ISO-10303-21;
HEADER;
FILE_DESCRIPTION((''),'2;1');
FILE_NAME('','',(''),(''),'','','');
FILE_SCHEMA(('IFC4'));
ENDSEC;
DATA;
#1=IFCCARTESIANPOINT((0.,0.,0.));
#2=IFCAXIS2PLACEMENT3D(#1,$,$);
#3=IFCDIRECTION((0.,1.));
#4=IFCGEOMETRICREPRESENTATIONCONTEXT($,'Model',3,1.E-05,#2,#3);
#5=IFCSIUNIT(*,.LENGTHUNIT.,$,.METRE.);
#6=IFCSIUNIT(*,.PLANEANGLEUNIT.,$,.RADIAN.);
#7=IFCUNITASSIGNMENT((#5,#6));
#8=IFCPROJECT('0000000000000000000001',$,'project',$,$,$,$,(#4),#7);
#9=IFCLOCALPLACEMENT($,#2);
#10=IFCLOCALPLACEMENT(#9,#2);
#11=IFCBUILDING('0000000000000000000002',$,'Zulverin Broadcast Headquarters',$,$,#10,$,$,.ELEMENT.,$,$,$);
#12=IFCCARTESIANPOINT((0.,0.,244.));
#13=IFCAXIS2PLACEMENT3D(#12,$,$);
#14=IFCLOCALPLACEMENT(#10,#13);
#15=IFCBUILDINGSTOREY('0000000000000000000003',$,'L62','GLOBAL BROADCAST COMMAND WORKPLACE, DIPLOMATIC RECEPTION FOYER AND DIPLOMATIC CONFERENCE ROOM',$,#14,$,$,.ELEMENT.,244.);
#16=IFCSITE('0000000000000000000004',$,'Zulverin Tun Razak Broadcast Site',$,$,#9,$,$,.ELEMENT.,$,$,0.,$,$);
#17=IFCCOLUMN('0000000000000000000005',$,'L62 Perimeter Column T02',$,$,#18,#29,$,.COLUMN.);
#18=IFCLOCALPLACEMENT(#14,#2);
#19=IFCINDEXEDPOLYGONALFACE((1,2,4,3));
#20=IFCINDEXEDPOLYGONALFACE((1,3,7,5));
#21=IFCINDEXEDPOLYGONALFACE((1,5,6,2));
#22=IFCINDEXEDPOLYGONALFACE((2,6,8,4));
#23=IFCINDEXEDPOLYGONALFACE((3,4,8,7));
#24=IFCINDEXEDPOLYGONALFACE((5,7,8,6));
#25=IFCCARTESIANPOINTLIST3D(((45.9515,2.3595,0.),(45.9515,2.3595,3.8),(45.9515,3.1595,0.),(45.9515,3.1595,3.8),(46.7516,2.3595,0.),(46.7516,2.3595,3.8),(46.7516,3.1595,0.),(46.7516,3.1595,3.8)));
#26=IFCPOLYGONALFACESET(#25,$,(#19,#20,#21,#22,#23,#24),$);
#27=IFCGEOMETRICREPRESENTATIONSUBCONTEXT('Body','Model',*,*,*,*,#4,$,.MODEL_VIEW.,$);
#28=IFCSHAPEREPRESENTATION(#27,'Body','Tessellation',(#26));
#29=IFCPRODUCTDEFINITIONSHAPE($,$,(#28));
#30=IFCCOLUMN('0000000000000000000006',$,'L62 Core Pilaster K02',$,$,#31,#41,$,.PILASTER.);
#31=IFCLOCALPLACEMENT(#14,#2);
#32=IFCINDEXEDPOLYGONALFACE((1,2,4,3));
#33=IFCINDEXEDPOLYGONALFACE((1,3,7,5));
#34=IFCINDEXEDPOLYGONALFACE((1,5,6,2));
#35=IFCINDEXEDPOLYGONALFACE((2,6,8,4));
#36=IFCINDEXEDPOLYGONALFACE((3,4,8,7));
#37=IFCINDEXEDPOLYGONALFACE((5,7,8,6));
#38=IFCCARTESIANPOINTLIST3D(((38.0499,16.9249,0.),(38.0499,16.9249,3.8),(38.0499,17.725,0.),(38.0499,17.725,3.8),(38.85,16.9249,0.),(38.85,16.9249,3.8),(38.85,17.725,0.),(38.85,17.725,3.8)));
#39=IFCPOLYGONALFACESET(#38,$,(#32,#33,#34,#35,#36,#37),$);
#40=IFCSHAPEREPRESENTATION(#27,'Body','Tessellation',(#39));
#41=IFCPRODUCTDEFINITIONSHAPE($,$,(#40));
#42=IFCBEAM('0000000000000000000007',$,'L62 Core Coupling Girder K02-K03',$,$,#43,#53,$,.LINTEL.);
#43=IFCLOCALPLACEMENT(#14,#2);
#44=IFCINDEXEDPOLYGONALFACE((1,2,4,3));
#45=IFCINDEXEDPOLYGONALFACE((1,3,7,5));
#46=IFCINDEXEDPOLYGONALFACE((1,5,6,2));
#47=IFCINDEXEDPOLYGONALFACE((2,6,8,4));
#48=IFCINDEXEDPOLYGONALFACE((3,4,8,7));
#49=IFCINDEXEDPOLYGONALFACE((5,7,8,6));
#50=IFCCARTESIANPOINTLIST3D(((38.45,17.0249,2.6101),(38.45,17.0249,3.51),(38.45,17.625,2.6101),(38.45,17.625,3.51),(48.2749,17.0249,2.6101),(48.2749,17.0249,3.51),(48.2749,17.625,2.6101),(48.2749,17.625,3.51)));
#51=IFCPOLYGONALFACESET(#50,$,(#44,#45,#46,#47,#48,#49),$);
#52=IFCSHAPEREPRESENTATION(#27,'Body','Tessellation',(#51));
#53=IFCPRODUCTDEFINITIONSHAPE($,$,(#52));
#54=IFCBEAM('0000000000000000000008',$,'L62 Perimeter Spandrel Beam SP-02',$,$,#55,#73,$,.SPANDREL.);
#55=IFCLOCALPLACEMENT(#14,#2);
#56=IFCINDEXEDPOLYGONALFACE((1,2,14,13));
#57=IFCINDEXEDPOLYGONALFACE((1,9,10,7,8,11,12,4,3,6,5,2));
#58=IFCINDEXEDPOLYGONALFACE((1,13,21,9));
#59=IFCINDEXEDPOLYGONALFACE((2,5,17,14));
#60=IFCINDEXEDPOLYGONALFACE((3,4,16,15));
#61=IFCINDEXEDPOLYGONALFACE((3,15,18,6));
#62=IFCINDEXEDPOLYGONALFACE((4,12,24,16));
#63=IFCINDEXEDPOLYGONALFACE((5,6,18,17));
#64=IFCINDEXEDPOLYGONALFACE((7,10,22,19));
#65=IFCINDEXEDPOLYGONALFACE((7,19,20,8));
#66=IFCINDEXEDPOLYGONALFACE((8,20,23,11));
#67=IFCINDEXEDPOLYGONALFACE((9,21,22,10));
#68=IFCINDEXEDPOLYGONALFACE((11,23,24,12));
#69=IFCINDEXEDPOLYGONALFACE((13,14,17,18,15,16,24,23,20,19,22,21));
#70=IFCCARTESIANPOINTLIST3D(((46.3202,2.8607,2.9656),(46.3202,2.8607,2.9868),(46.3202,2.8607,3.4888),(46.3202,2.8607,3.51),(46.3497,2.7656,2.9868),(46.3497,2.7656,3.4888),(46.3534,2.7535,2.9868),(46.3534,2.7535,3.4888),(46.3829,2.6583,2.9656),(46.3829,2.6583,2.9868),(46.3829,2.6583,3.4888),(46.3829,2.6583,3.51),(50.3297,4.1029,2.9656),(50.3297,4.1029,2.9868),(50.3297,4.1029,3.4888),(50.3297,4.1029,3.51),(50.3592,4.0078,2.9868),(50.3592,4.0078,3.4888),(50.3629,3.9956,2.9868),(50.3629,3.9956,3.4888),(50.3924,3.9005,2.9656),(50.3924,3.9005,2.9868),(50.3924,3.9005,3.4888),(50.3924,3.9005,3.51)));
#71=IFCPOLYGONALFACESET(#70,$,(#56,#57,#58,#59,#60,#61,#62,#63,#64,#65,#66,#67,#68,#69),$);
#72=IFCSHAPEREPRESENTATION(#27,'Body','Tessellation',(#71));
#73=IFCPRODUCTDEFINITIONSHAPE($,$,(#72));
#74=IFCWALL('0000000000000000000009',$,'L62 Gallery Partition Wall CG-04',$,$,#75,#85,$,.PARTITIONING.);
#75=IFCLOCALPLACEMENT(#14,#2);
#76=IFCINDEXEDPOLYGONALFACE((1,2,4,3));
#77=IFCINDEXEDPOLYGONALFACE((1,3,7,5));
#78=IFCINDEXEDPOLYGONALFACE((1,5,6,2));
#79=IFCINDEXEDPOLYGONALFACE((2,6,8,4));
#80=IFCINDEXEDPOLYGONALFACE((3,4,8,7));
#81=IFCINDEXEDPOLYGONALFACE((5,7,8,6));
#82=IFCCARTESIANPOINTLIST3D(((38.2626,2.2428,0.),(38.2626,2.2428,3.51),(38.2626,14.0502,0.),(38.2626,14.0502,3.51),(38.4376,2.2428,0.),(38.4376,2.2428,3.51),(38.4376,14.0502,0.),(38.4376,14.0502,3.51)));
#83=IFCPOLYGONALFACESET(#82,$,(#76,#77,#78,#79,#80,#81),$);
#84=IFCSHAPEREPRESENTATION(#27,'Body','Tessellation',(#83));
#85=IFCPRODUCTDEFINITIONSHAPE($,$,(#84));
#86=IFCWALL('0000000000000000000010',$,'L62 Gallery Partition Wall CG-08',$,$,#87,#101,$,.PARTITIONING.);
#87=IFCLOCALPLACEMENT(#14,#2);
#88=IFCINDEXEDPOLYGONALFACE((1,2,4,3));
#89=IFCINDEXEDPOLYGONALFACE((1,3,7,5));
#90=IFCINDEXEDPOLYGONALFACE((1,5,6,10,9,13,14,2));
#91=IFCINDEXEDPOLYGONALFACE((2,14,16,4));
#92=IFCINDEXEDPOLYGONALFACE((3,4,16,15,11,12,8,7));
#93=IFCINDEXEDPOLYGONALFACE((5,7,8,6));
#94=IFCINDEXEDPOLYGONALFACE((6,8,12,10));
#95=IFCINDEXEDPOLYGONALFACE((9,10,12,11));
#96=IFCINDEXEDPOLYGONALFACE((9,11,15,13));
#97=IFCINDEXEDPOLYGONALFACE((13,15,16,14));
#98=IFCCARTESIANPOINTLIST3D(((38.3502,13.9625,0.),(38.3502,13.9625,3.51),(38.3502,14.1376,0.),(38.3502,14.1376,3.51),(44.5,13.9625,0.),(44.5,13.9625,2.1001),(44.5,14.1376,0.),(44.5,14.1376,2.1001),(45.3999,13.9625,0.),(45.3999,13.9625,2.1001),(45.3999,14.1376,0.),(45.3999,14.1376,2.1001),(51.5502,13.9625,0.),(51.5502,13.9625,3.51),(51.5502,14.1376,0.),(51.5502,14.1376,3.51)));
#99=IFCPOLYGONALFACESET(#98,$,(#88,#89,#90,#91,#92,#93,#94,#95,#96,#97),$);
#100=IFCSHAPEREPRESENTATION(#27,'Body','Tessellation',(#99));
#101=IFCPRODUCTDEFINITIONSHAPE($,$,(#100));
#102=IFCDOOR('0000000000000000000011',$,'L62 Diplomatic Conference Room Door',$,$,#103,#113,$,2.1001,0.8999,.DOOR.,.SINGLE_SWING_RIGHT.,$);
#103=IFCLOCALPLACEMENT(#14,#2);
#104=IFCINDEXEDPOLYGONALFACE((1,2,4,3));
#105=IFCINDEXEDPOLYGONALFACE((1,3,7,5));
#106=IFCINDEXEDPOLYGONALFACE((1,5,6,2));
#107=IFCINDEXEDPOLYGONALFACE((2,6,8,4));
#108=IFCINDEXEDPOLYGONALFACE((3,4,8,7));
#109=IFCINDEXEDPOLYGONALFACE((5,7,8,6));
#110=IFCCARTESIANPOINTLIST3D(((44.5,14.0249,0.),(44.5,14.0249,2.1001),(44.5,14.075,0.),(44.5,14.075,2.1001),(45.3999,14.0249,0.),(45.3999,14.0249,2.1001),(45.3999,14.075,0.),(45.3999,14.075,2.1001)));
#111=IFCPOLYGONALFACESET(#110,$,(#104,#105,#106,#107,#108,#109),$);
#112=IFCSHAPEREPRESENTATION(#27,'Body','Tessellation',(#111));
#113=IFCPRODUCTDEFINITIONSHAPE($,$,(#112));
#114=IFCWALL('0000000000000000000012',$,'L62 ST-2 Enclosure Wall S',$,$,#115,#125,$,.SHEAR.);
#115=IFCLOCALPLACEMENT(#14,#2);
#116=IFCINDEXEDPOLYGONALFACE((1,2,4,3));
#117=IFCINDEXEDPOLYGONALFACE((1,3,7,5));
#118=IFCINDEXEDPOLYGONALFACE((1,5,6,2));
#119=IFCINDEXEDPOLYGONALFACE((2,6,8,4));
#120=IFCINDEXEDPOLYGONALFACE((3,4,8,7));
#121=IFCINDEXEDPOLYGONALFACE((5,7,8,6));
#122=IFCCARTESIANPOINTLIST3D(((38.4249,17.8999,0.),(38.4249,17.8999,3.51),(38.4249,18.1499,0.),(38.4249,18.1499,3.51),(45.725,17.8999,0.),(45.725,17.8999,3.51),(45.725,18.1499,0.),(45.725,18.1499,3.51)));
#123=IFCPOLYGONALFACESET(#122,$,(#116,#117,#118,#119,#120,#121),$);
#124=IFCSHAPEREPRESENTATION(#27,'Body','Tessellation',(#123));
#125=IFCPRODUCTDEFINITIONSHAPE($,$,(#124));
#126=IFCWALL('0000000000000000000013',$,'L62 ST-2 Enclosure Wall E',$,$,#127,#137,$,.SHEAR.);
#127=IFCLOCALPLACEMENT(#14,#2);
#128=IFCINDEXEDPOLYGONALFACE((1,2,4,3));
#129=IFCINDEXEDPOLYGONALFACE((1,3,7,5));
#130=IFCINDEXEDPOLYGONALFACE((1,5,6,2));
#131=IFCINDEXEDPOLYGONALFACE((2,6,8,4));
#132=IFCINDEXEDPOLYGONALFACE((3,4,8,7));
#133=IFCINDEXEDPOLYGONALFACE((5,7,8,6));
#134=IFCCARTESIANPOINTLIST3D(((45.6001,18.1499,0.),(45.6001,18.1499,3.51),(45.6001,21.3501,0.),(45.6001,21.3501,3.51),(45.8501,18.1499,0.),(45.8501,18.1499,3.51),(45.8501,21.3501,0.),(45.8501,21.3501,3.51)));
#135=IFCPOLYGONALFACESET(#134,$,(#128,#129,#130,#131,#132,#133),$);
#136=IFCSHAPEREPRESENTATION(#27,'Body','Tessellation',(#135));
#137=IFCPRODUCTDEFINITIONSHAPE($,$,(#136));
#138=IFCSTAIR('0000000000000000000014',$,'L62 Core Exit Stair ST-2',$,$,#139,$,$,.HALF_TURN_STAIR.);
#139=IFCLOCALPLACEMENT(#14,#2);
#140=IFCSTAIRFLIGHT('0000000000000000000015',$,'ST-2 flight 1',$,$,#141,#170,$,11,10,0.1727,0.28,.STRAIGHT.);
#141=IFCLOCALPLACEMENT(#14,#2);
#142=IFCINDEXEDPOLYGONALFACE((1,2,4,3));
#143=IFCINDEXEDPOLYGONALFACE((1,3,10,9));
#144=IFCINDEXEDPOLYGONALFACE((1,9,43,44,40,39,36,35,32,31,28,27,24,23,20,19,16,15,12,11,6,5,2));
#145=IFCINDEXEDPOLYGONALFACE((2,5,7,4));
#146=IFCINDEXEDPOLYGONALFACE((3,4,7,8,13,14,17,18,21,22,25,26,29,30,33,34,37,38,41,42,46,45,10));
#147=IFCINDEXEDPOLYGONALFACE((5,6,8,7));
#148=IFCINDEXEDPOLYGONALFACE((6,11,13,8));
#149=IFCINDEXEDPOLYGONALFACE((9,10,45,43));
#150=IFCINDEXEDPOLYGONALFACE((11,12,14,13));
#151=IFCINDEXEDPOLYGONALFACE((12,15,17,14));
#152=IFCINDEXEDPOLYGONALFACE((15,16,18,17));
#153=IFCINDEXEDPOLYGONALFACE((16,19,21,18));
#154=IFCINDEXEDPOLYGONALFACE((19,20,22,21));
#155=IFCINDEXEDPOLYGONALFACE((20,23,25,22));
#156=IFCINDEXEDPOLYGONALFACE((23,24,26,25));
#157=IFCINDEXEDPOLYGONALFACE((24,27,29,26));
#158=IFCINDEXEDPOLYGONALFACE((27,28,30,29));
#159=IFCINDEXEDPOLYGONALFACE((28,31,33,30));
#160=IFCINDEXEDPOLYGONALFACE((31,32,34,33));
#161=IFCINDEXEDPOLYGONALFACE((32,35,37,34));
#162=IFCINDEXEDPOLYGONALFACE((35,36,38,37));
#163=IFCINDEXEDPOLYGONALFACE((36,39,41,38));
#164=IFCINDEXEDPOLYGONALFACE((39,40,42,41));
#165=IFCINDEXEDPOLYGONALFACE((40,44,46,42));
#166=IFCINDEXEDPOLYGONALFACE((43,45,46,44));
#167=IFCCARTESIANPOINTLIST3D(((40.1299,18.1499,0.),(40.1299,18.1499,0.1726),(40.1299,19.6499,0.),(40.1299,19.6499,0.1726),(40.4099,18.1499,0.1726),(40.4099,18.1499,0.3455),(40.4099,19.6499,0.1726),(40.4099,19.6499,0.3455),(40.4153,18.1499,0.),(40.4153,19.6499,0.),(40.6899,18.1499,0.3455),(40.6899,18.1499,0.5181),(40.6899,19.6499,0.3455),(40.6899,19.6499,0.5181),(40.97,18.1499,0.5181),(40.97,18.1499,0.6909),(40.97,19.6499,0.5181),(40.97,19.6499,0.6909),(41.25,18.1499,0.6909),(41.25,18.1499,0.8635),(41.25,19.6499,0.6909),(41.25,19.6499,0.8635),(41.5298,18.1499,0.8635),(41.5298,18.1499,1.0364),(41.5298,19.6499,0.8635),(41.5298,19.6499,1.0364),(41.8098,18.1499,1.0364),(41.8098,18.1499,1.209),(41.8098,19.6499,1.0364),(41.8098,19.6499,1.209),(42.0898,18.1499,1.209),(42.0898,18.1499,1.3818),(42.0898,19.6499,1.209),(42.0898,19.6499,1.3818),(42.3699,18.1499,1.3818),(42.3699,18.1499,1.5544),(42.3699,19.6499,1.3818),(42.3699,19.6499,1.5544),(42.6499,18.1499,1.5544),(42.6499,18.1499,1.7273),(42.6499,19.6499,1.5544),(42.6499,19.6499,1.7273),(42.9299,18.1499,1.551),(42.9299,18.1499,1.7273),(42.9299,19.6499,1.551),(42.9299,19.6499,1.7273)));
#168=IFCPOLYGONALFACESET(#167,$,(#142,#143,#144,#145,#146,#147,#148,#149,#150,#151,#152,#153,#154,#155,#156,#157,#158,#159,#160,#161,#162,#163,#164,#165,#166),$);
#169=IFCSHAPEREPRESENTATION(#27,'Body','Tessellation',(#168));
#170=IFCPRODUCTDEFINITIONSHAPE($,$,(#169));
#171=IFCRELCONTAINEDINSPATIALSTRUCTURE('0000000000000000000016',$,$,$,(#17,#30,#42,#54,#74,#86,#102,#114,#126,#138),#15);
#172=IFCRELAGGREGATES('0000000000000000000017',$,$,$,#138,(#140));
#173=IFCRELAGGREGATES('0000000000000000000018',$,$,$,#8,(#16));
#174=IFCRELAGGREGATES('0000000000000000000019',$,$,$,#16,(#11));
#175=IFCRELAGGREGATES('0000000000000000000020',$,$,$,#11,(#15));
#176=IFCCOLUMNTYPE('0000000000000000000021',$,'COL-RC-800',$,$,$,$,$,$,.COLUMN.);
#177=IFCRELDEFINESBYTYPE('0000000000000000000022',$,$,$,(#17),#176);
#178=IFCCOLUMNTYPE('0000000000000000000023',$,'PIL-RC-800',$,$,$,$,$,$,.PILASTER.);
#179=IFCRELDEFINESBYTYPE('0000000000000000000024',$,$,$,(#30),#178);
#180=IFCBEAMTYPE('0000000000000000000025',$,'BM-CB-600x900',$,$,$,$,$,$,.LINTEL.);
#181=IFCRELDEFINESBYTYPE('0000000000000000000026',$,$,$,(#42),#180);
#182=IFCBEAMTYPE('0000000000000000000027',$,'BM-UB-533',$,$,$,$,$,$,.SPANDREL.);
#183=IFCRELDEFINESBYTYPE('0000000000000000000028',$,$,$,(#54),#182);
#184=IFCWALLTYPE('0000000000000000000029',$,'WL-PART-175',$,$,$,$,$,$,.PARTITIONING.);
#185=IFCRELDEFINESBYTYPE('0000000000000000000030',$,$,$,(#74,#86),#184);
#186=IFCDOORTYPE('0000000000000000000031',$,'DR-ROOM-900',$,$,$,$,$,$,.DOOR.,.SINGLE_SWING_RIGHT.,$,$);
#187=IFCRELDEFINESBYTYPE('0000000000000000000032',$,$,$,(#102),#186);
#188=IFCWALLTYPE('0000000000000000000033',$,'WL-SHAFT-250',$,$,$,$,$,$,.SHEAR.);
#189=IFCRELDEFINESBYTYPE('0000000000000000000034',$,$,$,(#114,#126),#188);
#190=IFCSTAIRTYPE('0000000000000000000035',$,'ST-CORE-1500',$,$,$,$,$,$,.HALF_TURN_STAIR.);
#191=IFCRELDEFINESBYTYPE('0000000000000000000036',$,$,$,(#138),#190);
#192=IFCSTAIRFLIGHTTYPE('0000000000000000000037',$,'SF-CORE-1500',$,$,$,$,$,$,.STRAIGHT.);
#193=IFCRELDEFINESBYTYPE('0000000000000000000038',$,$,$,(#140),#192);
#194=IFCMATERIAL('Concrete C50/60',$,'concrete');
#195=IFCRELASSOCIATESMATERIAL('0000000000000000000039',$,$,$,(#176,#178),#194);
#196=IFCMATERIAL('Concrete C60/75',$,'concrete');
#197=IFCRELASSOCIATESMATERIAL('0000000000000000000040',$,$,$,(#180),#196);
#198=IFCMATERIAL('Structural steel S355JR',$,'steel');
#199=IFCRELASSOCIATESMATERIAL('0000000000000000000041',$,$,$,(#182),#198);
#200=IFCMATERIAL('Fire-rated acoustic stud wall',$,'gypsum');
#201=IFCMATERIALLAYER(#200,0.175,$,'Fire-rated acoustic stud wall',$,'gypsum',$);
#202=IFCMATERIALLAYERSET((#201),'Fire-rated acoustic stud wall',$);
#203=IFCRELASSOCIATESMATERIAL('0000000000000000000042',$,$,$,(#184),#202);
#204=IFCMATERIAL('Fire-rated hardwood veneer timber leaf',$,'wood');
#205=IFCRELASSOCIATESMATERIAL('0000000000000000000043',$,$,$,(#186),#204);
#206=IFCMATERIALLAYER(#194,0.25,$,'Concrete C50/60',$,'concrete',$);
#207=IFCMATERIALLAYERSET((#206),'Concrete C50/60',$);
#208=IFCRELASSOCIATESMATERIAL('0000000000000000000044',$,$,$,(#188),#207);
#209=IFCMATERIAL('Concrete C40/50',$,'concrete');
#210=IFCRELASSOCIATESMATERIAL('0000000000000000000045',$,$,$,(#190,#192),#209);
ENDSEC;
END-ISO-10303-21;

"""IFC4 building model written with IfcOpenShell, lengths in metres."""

from ifc_helpers import new_model, si_unit, direction, frame, frame_2d, origin, origin_2d, place, context, subcontext, project, spatial, polyline, rectangle, i_section, outline, extrude, material, layer, layer_set, material_profile, profile_set, type_object, element, fill, aggregate, save


model = new_model("IFC4")

# Units and contexts
model_context = context("Model", 3, precision=1e-05, world=origin(), true_north=direction((0.0, 1.0)))
body_context = subcontext(model_context, "Body", "Model", "MODEL_VIEW")
ifc_project = project(units=[si_unit("LENGTHUNIT", "METRE"), si_unit("PLANEANGLEUNIT", "RADIAN")], contexts=[model_context])

# Site, building, storey
site_placement = place(None, origin())
site = spatial("IfcSite", under=ifc_project, at=site_placement, Name="Zulverin Tun Razak Broadcast Site", CompositionType="ELEMENT", RefElevation=0.0)
building_placement = place(site_placement, origin())
building = spatial("IfcBuilding", under=site, at=building_placement, Name="Zulverin Broadcast Headquarters", CompositionType="ELEMENT")
storey_placement = place(building_placement, frame((0.0, 0.0, 244.0)))
storey = spatial("IfcBuildingStorey", under=building, at=storey_placement, Name="L62", Description="GLOBAL BROADCAST COMMAND WORKPLACE, DIPLOMATIC RECEPTION FOYER AND DIPLOMATIC CONFERENCE ROOM", CompositionType="ELEMENT", Elevation=244.0)

# Columns
ifc_material_1 = material(Name="Concrete C50/60", Category="concrete")
ifc_material_profile_1 = material_profile(ifc_material_1, rectangle(XDim=0.8, YDim=0.8, at=origin_2d()), Name="Concrete C50/60", Category="concrete")
ifc_profile_set_1 = profile_set([ifc_material_profile_1], Name="Concrete C50/60")
column_type_1 = type_object("IfcColumnType", Name="COL-RC-800", PredefinedType="COLUMN", material=ifc_profile_set_1)
column_1_placement = place(storey_placement, frame((46.3516, 2.7595, 0.0), z_axis=(0.0, 0.0, 1.0), x_axis=(1.0, 0.0, 0.0)))
element("IfcColumn", 1, at=column_1_placement, inside=storey, type_object=column_type_1, Name="L62 Perimeter Column T02", PredefinedType="COLUMN", context=body_context, shape_type="SweptSolid", body=[
    extrude(rectangle(XDim=0.8, YDim=0.8, at=origin_2d()), origin(), (0.0, 0.0, 1.0), 3.8),
])
ifc_material_profile_2 = material_profile(ifc_material_1, rectangle(XDim=0.8, YDim=0.8, at=origin_2d()), Name="Concrete C50/60", Category="concrete")
ifc_profile_set_2 = profile_set([ifc_material_profile_2], Name="Concrete C50/60")
column_type_2 = type_object("IfcColumnType", Name="PIL-RC-800", PredefinedType="PILASTER", material=ifc_profile_set_2)
column_2_placement = place(storey_placement, frame((38.45, 17.325, 0.0), z_axis=(0.0, 0.0, 1.0), x_axis=(1.0, 0.0, 0.0)))
element("IfcColumn", 2, at=column_2_placement, inside=storey, type_object=column_type_2, Name="L62 Core Pilaster K02", PredefinedType="PILASTER", context=body_context, shape_type="SweptSolid", body=[
    extrude(rectangle(XDim=0.8, YDim=0.8, at=origin_2d()), origin(), (0.0, 0.0, 1.0), 3.8),
])

# Beams
ifc_material_2 = material(Name="Concrete C60/75", Category="concrete")
ifc_material_profile_3 = material_profile(ifc_material_2, rectangle(XDim=0.6001, YDim=0.8999, at=origin_2d()), Name="Concrete C60/75", Category="concrete")
ifc_profile_set_3 = profile_set([ifc_material_profile_3], Name="Concrete C60/75")
beam_type_1 = type_object("IfcBeamType", Name="BM-CB-600x900", PredefinedType="LINTEL", material=ifc_profile_set_3)
beam_1_placement = place(storey_placement, frame((38.45, 17.325, 3.0601), z_axis=(1.0, 0.0, 0.0), x_axis=(0.0, 1.0, 0.0)))
element("IfcBeam", 3, at=beam_1_placement, inside=storey, type_object=beam_type_1, Name="L62 Core Coupling Girder K02-K03", PredefinedType="LINTEL", context=body_context, shape_type="SweptSolid", body=[
    extrude(rectangle(XDim=0.6001, YDim=0.8999, at=origin_2d()), origin(), (0.0, 0.0, 1.0), 9.825),
])
ifc_material_3 = material(Name="Structural steel S355JR", Category="steel")
ifc_material_profile_4 = material_profile(ifc_material_3, i_section(OverallWidth=0.2119, OverallDepth=0.5444, WebThickness=0.0127, FlangeThickness=0.0212, at=origin_2d()), Name="Structural steel S355JR", Category="steel")
ifc_profile_set_4 = profile_set([ifc_material_profile_4], Name="Structural steel S355JR")
beam_type_2 = type_object("IfcBeamType", Name="BM-UB-533", PredefinedType="SPANDREL", material=ifc_profile_set_4)
beam_2_placement = place(storey_placement, frame((46.3516, 2.7595, 3.2378), z_axis=(0.955209, 0.295933, 0.0), x_axis=(-0.295933, 0.955209, 0.0)))
element("IfcBeam", 4, at=beam_2_placement, inside=storey, type_object=beam_type_2, Name="L62 Perimeter Spandrel Beam SP-02", PredefinedType="SPANDREL", context=body_context, shape_type="SweptSolid", body=[
    extrude(i_section(OverallWidth=0.2119, OverallDepth=0.5444, WebThickness=0.0127, FlangeThickness=0.0212, at=origin_2d()), origin(), (0.0, 0.0, 1.0), 4.1975),
])

# Wall
ifc_material_4 = material(Name="Fire-rated acoustic stud wall", Category="gypsum")
ifc_layer_1 = layer(ifc_material_4, 0.175, Name="Fire-rated acoustic stud wall", Category="gypsum")
ifc_layer_set_1 = layer_set([ifc_layer_1], Name="Fire-rated acoustic stud wall")
wall_type_1 = type_object("IfcWallType", Name="WL-PART-175", PredefinedType="PARTITIONING", material=ifc_layer_set_1)
wall_1_placement = place(storey_placement, frame((38.3501, 2.2427, 0.0), z_axis=(0.0, 0.0, 1.0), x_axis=(0.0, 1.0, 0.0)))
element("IfcWall", 5, at=wall_1_placement, inside=storey, type_object=wall_type_1, Name="L62 Gallery Partition Wall CG-04", PredefinedType="PARTITIONING", context=body_context, shape_type="SweptSolid", body=[
    extrude(rectangle(XDim=11.8074, YDim=0.175, at=frame_2d((5.9038, 0.0))), origin(), (0.0, 0.0, 1.0), 3.51),
])

# Wall, opening, door
wall_2_placement = place(storey_placement, frame((38.3501, 14.05, 0.0), z_axis=(0.0, 0.0, 1.0), x_axis=(1.0, 0.0, 0.0)))
wall_2 = element("IfcWall", 6, at=wall_2_placement, inside=storey, type_object=wall_type_1, Name="L62 Gallery Partition Wall CG-08", PredefinedType="PARTITIONING", context=body_context, shape_type="SweptSolid", body=[
    extrude(rectangle(XDim=13.2, YDim=0.175, at=frame_2d((6.6001, 0.0))), origin(), (0.0, 0.0, 1.0), 3.51),
])
opening_1_placement = place(wall_2_placement, frame((6.1499, 0.0, 0.0)))
opening_1 = element("IfcOpeningElement", 7, at=opening_1_placement, cuts=wall_2, PredefinedType="OPENING", context=body_context, shape_type="SweptSolid", body=[
    extrude(rectangle(XDim=0.8999, YDim=2.1001, at=frame_2d((0.45, 1.05))), frame((0.0, 0.0974, 0.0), z_axis=(0.0, -1.0, 0.0), x_axis=(1.0, 0.0, 0.0)), (0.0, 0.0, 1.0), 0.1951),
])
ifc_material_5 = material(Name="Fire-rated hardwood veneer timber leaf", Category="wood")
door_type_1 = type_object("IfcDoorType", Name="DR-ROOM-900", OperationType="SINGLE_SWING_RIGHT", PredefinedType="DOOR", material=ifc_material_5)
door_1_placement = place(opening_1_placement, origin())
door_1 = element("IfcDoor", 8, at=door_1_placement, inside=storey, type_object=door_type_1, Name="L62 Diplomatic Conference Room Door", OperationType="SINGLE_SWING_RIGHT", OverallHeight=2.1001, OverallWidth=0.8999, PredefinedType="DOOR", context=body_context, shape_type="SweptSolid", body=[
    extrude(rectangle(XDim=0.8999, YDim=2.1001, at=frame_2d((0.45, 1.05))), frame((0.0, 0.0249, 0.0), z_axis=(0.0, -1.0, 0.0), x_axis=(1.0, 0.0, 0.0)), (0.0, 0.0, 1.0), 0.05),
])
fill(opening_1, door_1)

# Wall
ifc_layer_2 = layer(ifc_material_1, 0.25, Name="Concrete C50/60", Category="concrete")
ifc_layer_set_2 = layer_set([ifc_layer_2], Name="Concrete C50/60")
wall_type_2 = type_object("IfcWallType", Name="WL-SHAFT-250", PredefinedType="SHEAR", material=ifc_layer_set_2)
wall_3_placement = place(storey_placement, frame((38.425, 18.0249, 0.0), z_axis=(0.0, 0.0, 1.0), x_axis=(1.0, 0.0, 0.0)))
element("IfcWall", 9, at=wall_3_placement, inside=storey, type_object=wall_type_2, Name="L62 ST-2 Enclosure Wall S", PredefinedType="SHEAR", context=body_context, shape_type="SweptSolid", body=[
    extrude(rectangle(XDim=7.3, YDim=0.25, at=frame_2d((3.6499, 0.0))), origin(), (0.0, 0.0, 1.0), 3.51),
])

# Wall
wall_4_placement = place(storey_placement, frame((45.7251, 18.1499, 0.0), z_axis=(0.0, 0.0, 1.0), x_axis=(0.0, 1.0, 0.0)))
element("IfcWall", 10, at=wall_4_placement, inside=storey, type_object=wall_type_2, Name="L62 ST-2 Enclosure Wall E", PredefinedType="SHEAR", context=body_context, shape_type="SweptSolid", body=[
    extrude(rectangle(XDim=3.2002, YDim=0.25, at=frame_2d((1.6001, 0.0))), origin(), (0.0, 0.0, 1.0), 3.51),
])

# Stair, stair flight
ifc_material_6 = material(Name="Concrete C40/50", Category="concrete")
stair_type = type_object("IfcStairType", Name="ST-CORE-1500", PredefinedType="HALF_TURN_STAIR", material=ifc_material_6)
stair_placement = place(storey_placement, origin())
stair = element("IfcStair", 11, at=stair_placement, inside=storey, type_object=stair_type, Name="L62 Core Exit Stair ST-2", PredefinedType="HALF_TURN_STAIR")
stair_flight_type = type_object("IfcStairFlightType", Name="SF-CORE-1500", PredefinedType="STRAIGHT", material=ifc_material_6)
stair_flight_placement = place(storey_placement, frame((40.1299, 18.8999, 0.0), z_axis=(0.0, 0.0, 1.0), x_axis=(1.0, 0.0, 0.0)))
stair_flight = element("IfcStairFlight", 12, at=stair_flight_placement, type_object=stair_flight_type, Name="ST-2 flight 1", NumberOfRisers=11, NumberOfTreads=10, PredefinedType="STRAIGHT", RiserHeight=0.1727, TreadLength=0.28, context=body_context, shape_type="SweptSolid", body=[
    extrude(outline(polyline([(0.0, 0.0), (0.0, 0.1726), (0.28, 0.1726), (0.28, 0.3455), (0.5601, 0.3455), (0.5601, 0.5181), (0.8401, 0.5181), (0.8401, 0.6909), (1.1201, 0.6909), (1.1201, 0.8635), (1.3999, 0.8635), (1.3999, 1.0364), (1.6799, 1.0364), (1.6799, 1.209), (1.96, 1.209), (1.96, 1.3818), (2.24, 1.3818), (2.24, 1.5544), (2.52, 1.5544), (2.52, 1.7273), (2.8, 1.7273), (2.8, 1.8999), (2.8, 1.551), (0.2854, 0.0), (0.0, 0.0)])), frame((0.0, 0.75, 0.0), z_axis=(0.0, -1.0, 0.0), x_axis=(1.0, 0.0, 0.0)), (0.0, 0.0, 1.0), 1.5),
])
aggregate(stair, [stair_flight])

save(model, "model.ifc")
